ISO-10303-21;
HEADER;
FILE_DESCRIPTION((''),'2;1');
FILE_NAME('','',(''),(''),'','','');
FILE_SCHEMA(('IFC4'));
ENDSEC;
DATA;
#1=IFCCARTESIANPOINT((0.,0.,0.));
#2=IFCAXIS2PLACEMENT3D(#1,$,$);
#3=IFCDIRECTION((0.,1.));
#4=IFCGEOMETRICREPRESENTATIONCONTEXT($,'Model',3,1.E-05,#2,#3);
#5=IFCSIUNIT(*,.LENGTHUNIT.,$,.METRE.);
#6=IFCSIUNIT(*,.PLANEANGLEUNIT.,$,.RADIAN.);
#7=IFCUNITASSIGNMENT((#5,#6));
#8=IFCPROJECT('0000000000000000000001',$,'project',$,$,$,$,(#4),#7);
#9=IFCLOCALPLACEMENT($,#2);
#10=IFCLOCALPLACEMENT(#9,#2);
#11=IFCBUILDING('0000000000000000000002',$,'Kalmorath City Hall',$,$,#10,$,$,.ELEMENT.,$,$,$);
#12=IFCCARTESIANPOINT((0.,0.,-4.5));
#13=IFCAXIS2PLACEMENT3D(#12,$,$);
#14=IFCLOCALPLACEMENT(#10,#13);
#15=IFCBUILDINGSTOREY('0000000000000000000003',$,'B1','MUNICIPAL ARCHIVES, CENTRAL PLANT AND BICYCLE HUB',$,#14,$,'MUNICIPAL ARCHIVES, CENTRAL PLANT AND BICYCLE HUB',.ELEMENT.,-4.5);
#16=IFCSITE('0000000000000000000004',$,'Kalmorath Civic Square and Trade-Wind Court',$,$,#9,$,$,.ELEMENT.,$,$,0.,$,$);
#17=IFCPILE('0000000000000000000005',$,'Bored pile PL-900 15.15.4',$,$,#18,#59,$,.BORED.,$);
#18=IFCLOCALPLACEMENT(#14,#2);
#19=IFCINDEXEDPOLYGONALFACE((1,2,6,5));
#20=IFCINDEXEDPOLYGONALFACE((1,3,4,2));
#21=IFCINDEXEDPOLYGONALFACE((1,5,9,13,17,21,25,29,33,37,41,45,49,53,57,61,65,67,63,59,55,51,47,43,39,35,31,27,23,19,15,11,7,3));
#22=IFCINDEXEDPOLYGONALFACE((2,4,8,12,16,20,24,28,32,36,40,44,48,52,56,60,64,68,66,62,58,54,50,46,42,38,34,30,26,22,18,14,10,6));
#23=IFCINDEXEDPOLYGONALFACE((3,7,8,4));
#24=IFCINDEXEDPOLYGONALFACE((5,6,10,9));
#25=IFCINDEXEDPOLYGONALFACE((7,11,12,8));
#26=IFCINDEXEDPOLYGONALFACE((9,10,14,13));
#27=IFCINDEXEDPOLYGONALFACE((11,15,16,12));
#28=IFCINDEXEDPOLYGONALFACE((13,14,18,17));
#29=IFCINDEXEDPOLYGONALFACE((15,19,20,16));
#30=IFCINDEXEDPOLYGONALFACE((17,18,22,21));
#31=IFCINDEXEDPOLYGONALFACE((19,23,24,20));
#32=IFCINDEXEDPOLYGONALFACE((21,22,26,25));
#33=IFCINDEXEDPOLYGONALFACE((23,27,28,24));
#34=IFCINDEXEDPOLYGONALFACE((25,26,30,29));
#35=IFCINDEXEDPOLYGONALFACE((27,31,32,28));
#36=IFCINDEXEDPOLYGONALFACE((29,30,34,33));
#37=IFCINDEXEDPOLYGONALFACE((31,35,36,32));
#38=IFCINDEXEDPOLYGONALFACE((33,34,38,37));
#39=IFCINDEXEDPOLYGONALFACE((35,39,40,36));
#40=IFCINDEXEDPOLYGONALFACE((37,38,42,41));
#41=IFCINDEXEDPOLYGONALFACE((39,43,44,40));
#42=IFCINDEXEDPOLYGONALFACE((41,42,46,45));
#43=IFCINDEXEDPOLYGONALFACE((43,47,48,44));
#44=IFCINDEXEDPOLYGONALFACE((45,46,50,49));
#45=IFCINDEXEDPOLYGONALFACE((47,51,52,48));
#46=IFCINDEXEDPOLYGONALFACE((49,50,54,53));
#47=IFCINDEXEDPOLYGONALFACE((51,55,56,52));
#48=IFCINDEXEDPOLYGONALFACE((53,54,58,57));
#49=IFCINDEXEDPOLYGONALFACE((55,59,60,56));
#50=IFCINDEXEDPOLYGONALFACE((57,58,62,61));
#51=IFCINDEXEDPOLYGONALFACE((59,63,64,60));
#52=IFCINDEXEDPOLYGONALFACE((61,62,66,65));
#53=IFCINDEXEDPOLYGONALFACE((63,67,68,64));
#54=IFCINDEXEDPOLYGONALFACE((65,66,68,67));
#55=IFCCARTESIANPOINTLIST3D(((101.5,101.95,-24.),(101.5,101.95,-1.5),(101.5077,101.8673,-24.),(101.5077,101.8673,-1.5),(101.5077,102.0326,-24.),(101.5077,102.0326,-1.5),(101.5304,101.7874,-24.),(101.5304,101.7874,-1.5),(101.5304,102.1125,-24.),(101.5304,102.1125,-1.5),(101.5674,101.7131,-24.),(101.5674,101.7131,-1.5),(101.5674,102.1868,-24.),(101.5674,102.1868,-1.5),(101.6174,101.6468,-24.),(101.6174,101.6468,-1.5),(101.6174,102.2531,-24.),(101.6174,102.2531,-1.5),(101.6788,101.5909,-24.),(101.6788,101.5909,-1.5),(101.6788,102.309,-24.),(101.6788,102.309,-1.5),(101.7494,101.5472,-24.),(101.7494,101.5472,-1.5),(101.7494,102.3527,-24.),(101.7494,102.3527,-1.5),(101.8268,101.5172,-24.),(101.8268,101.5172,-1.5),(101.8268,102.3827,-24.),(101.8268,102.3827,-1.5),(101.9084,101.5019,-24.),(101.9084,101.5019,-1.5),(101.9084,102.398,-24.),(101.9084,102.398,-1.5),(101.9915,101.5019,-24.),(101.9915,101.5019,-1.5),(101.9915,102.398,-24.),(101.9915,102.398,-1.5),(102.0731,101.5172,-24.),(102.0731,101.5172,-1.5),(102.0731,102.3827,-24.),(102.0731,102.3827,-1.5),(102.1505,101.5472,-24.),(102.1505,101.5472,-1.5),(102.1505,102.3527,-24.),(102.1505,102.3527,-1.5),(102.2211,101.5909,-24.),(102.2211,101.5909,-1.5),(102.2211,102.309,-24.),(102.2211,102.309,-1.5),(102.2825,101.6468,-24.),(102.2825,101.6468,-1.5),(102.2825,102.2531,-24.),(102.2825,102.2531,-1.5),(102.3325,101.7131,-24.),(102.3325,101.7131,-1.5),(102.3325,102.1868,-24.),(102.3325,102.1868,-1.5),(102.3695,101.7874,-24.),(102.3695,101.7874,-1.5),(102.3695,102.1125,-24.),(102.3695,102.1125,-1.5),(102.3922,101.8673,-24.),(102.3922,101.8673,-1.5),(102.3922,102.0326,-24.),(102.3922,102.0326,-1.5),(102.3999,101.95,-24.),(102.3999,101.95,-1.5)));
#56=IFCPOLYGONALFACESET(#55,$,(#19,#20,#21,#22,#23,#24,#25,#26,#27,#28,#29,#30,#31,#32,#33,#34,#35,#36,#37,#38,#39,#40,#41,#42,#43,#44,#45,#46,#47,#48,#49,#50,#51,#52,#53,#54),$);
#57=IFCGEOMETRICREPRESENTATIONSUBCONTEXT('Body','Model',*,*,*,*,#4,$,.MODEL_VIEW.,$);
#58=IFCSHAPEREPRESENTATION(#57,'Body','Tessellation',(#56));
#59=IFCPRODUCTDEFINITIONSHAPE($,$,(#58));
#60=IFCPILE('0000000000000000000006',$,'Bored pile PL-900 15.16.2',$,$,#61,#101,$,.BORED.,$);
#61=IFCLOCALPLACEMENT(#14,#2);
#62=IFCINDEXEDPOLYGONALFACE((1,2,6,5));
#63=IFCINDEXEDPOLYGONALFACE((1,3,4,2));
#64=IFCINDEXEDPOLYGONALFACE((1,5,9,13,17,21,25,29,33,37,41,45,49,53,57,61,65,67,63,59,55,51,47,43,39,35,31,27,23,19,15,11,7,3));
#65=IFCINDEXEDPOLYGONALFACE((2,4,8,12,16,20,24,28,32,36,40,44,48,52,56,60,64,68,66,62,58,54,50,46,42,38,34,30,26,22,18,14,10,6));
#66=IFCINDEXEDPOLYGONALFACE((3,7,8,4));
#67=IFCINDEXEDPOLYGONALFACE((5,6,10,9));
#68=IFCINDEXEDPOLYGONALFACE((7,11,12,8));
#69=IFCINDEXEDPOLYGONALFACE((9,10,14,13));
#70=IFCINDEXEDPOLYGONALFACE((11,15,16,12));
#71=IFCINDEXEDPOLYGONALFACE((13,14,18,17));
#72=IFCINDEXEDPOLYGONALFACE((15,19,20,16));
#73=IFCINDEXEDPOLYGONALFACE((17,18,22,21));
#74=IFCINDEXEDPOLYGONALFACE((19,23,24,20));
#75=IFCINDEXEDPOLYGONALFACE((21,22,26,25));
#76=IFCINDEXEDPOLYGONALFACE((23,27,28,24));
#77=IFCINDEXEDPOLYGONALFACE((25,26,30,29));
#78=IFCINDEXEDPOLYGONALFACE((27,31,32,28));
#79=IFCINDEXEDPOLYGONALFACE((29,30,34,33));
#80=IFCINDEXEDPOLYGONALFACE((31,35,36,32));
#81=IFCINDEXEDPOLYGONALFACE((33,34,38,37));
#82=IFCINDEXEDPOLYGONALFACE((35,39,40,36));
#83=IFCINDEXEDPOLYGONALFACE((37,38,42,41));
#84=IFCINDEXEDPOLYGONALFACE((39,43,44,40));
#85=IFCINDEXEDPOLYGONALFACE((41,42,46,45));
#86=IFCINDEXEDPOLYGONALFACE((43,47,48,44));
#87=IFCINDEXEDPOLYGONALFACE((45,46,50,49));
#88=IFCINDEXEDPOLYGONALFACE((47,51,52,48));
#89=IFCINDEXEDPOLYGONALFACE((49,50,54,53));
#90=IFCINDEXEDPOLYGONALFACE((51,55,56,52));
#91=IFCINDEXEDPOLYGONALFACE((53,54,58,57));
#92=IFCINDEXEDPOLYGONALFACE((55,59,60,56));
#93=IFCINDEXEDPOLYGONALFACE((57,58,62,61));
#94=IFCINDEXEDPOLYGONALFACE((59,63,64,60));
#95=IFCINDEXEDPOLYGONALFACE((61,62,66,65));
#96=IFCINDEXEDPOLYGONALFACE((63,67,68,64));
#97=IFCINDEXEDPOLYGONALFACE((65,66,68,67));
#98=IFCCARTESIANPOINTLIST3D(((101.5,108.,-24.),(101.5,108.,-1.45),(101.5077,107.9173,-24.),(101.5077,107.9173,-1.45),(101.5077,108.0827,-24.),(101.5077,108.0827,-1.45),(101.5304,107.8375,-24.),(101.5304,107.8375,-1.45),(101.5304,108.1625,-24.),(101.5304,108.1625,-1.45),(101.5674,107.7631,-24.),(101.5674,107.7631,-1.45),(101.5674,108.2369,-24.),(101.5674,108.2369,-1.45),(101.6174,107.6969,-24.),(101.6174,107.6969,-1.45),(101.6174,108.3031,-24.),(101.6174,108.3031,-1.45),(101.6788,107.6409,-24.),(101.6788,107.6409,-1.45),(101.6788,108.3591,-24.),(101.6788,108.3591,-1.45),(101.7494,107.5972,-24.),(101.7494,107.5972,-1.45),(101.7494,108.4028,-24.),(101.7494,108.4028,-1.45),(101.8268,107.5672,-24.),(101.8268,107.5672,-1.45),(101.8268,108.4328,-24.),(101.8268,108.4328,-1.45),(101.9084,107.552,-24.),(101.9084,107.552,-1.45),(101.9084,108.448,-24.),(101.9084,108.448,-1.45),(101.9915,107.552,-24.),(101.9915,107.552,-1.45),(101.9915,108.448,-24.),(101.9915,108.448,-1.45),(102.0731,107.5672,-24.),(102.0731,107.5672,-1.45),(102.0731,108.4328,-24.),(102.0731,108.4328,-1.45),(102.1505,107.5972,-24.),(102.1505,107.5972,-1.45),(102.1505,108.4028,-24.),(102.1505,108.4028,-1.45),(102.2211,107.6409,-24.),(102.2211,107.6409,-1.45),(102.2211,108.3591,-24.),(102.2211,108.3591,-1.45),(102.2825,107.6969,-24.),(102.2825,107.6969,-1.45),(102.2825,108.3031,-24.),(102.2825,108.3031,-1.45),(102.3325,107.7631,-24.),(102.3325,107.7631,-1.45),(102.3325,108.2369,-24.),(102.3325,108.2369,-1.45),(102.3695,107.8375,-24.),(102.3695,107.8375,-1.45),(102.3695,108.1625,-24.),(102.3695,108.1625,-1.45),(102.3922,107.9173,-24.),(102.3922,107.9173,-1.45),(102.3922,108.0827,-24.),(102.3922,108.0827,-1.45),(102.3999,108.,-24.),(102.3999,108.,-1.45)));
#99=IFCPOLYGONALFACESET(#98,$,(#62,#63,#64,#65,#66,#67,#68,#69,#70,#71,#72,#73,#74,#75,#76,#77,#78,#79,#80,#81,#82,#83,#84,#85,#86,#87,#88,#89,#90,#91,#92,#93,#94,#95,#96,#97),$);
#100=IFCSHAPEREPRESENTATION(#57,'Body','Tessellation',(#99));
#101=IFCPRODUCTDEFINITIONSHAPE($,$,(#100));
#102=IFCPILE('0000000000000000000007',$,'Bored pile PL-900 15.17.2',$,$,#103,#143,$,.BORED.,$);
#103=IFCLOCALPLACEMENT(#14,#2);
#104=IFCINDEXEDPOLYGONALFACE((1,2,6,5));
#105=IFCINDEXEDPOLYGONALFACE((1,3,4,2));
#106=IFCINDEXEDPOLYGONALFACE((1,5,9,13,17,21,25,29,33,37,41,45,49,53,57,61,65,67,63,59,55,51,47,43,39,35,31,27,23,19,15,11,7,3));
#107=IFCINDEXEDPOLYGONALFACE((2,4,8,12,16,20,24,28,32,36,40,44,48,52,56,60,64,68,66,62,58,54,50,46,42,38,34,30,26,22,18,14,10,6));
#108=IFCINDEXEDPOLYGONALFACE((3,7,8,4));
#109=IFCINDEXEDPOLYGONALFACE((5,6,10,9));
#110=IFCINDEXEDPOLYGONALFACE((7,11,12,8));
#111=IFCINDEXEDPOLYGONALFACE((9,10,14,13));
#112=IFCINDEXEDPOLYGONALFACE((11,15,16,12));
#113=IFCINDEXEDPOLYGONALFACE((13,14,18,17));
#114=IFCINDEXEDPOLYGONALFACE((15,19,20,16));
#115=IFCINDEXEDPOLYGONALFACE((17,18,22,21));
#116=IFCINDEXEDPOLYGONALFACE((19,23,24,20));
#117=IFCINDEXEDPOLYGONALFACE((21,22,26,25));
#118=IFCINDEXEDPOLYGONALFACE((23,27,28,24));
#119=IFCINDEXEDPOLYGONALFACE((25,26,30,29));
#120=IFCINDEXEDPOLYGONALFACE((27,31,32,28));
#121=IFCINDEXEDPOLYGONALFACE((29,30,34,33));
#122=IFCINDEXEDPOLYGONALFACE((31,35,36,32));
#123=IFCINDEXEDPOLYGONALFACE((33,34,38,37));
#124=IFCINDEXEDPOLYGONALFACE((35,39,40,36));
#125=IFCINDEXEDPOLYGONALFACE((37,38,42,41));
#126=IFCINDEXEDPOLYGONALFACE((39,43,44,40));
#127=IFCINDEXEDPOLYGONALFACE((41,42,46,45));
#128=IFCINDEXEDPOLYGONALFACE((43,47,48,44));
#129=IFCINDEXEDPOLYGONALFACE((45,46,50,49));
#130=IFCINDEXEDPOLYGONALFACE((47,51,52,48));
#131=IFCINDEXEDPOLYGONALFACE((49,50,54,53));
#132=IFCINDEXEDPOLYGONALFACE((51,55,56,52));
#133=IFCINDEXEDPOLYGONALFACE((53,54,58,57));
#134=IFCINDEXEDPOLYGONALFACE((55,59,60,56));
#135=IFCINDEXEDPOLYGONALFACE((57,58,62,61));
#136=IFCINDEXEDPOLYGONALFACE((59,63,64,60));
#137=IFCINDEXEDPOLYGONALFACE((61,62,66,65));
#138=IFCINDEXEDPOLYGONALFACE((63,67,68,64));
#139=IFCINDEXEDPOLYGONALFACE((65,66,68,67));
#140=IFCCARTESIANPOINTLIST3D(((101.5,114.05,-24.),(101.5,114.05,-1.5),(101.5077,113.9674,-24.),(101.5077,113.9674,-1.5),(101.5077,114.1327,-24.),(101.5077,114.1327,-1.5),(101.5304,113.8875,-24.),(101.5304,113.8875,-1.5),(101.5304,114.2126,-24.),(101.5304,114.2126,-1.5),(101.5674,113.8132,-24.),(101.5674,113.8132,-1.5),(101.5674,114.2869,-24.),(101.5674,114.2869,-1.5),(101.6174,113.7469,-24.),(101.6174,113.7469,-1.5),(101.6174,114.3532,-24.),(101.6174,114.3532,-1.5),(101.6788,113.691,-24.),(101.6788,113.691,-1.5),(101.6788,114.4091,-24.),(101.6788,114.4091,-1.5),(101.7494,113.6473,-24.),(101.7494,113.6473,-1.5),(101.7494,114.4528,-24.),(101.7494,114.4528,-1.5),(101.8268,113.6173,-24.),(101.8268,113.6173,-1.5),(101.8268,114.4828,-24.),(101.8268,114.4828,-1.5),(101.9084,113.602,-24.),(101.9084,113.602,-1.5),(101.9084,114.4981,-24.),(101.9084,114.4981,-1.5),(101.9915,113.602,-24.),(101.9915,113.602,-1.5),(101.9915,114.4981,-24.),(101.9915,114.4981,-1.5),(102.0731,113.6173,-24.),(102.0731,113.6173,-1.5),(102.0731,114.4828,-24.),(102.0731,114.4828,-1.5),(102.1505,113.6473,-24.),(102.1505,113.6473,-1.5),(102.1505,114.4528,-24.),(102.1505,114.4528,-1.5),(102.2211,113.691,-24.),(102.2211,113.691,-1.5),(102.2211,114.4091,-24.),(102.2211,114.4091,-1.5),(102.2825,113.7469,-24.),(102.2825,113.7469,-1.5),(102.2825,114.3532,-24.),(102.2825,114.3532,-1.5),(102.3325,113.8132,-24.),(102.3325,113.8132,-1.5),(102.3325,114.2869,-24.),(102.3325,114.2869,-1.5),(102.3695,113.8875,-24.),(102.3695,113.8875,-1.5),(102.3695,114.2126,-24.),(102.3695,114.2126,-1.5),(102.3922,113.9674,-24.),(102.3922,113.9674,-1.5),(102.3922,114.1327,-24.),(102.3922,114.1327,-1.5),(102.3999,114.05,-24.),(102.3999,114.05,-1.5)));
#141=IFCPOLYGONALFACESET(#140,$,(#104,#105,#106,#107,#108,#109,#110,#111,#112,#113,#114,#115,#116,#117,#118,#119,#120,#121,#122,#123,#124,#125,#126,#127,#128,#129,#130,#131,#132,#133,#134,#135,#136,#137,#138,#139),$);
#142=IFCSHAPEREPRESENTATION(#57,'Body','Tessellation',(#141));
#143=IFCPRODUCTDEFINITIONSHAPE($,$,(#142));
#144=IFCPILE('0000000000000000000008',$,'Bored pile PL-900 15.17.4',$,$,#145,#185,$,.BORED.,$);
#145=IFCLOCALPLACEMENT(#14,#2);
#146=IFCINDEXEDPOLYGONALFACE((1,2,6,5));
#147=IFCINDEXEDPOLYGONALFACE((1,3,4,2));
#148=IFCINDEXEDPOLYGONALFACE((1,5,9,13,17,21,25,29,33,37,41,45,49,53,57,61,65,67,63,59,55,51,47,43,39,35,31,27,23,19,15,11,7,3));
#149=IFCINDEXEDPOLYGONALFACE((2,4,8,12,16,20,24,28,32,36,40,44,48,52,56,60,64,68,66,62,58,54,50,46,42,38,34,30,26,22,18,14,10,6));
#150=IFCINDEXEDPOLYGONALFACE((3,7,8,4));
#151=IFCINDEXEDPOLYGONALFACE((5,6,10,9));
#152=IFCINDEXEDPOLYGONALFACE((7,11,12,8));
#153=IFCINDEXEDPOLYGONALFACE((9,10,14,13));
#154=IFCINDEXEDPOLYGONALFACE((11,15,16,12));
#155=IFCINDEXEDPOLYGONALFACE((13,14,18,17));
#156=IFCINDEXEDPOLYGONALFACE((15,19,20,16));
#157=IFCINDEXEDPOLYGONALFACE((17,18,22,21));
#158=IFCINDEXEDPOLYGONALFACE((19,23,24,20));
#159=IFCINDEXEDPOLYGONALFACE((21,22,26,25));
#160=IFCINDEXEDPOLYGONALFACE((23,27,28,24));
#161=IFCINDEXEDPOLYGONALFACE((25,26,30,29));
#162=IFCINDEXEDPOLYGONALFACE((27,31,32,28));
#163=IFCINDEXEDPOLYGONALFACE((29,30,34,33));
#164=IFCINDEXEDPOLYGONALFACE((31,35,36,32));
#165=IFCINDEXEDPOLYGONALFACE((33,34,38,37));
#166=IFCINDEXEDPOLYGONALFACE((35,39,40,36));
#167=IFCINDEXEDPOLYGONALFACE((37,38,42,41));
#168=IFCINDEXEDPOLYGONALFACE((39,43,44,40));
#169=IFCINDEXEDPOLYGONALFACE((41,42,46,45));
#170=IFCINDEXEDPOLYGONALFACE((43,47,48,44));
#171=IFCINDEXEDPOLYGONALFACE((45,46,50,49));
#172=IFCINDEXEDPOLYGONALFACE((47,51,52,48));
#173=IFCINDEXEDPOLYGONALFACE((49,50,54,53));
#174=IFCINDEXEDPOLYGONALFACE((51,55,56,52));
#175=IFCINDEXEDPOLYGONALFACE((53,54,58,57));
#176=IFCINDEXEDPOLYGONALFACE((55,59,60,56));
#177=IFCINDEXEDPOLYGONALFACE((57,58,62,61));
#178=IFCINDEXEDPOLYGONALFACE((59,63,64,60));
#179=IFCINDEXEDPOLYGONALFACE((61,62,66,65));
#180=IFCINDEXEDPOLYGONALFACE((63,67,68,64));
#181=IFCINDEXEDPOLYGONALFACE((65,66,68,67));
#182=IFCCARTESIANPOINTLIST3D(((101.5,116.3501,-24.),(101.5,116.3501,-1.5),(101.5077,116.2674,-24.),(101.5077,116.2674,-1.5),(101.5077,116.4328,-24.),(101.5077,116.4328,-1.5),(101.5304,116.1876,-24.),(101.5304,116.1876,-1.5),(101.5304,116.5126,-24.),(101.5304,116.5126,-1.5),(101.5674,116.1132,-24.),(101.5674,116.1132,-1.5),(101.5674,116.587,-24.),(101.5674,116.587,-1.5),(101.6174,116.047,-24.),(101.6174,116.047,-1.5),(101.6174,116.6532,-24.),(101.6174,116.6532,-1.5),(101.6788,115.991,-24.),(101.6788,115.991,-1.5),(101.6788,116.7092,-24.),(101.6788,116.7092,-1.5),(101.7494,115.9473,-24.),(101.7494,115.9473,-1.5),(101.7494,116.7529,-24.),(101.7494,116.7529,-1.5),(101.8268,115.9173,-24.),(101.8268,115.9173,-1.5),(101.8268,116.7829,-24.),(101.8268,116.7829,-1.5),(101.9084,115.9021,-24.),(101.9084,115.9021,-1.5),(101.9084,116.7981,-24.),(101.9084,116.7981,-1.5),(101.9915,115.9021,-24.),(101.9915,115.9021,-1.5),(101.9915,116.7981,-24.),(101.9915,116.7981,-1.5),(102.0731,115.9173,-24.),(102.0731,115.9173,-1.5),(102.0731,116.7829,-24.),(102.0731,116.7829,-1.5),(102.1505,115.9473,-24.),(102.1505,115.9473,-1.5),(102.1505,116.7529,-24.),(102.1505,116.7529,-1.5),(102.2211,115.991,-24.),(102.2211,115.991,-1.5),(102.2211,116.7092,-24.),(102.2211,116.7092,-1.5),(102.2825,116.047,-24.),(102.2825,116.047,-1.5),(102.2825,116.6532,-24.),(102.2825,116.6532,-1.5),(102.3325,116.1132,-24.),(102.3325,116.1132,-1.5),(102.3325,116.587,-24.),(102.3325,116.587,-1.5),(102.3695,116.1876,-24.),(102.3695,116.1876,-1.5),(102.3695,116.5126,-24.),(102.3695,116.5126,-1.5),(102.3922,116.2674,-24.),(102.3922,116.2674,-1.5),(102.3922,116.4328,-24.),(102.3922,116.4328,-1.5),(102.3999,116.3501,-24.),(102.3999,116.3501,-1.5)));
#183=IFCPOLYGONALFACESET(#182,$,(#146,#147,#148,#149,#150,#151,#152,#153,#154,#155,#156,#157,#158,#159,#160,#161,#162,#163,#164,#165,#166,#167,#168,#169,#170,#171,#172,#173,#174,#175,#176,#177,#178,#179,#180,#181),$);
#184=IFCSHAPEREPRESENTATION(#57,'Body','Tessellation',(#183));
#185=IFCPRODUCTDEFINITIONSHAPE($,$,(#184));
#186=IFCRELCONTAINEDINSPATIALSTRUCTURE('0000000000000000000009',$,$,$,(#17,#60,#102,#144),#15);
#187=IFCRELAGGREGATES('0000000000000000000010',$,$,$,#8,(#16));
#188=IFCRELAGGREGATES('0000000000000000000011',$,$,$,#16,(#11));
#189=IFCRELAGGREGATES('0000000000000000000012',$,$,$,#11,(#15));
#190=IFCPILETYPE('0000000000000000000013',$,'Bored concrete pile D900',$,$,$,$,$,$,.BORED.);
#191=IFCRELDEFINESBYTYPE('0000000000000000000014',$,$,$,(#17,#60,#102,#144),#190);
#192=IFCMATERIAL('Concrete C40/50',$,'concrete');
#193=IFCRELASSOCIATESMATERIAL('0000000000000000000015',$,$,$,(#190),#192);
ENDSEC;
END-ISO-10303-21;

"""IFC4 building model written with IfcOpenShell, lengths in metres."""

from ifc_helpers import new_model, si_unit, direction, frame, origin, origin_2d, place, context, subcontext, project, spatial, circle, extrude, material, material_profile, profile_set, type_object, element, save


model = new_model("IFC4")

# Units and contexts
model_context = context("Model", 3, precision=1e-05, world=origin(), true_north=direction((0.0, 1.0)))
body_context = subcontext(model_context, "Body", "Model", "MODEL_VIEW")
ifc_project = project(units=[si_unit("LENGTHUNIT", "METRE"), si_unit("PLANEANGLEUNIT", "RADIAN")], contexts=[model_context])

# Site, building, storey
site_placement = place(None, origin())
site = spatial("IfcSite", under=ifc_project, at=site_placement, Name="Kalmorath Civic Square and Trade-Wind Court", CompositionType="ELEMENT", RefElevation=0.0)
building_placement = place(site_placement, origin())
building = spatial("IfcBuilding", under=site, at=building_placement, Name="Kalmorath City Hall", CompositionType="ELEMENT")
storey_placement = place(building_placement, frame((0.0, 0.0, -4.5)))
storey = spatial("IfcBuildingStorey", under=building, at=storey_placement, Name="B1", Description="MUNICIPAL ARCHIVES, CENTRAL PLANT AND BICYCLE HUB", LongName="MUNICIPAL ARCHIVES, CENTRAL PLANT AND BICYCLE HUB", CompositionType="ELEMENT", Elevation=-4.5)

# Piles
ifc_material_1 = material(Name="Concrete C40/50", Category="concrete")
ifc_material_profile_1 = material_profile(ifc_material_1, circle(Radius=0.45, at=origin_2d()), Name="PILE-D900")
ifc_profile_set_1 = profile_set([ifc_material_profile_1], Name="Concrete C40/50")
pile_type = type_object("IfcPileType", Name="Bored concrete pile D900", PredefinedType="BORED", material=ifc_profile_set_1)
pile_1_placement = place(storey_placement, frame((101.95, 101.95, -1.5), z_axis=(0.0, 0.0, -1.0), x_axis=(1.0, 0.0, 0.0)))
element("IfcPile", 1, at=pile_1_placement, inside=storey, type_object=pile_type, Name="Bored pile PL-900 15.15.4", PredefinedType="BORED", context=body_context, shape_type="SweptSolid", body=[
    extrude(circle(Radius=0.45, at=origin_2d()), origin(), (0.0, 0.0, 1.0), 22.5),
])
pile_2_placement = place(storey_placement, frame((101.95, 108.0, -1.45), z_axis=(0.0, 0.0, -1.0), x_axis=(1.0, 0.0, 0.0)))
element("IfcPile", 2, at=pile_2_placement, inside=storey, type_object=pile_type, Name="Bored pile PL-900 15.16.2", PredefinedType="BORED", context=body_context, shape_type="SweptSolid", body=[
    extrude(circle(Radius=0.45, at=origin_2d()), origin(), (0.0, 0.0, 1.0), 22.55),
])
for number, where, z_axis, x_axis, name in (
    (3, (101.95, 114.05, -1.5), (0.0, 0.0, -1.0), (1.0, 0.0, 0.0), "Bored pile PL-900 15.17.2"),
    (4, (101.95, 116.3501, -1.5), (0.0, 0.0, -1.0), (1.0, 0.0, 0.0), "Bored pile PL-900 15.17.4"),
):
    element("IfcPile", number, at=place(storey_placement, frame(where, z_axis=z_axis, x_axis=x_axis)), inside=storey, type_object=pile_type, Name=name, PredefinedType="BORED", context=body_context, shape_type="SweptSolid", body=[
        extrude(circle(Radius=0.45, at=origin_2d()), origin(), (0.0, 0.0, 1.0), 22.5),
    ])

save(model, "model.ifc")
